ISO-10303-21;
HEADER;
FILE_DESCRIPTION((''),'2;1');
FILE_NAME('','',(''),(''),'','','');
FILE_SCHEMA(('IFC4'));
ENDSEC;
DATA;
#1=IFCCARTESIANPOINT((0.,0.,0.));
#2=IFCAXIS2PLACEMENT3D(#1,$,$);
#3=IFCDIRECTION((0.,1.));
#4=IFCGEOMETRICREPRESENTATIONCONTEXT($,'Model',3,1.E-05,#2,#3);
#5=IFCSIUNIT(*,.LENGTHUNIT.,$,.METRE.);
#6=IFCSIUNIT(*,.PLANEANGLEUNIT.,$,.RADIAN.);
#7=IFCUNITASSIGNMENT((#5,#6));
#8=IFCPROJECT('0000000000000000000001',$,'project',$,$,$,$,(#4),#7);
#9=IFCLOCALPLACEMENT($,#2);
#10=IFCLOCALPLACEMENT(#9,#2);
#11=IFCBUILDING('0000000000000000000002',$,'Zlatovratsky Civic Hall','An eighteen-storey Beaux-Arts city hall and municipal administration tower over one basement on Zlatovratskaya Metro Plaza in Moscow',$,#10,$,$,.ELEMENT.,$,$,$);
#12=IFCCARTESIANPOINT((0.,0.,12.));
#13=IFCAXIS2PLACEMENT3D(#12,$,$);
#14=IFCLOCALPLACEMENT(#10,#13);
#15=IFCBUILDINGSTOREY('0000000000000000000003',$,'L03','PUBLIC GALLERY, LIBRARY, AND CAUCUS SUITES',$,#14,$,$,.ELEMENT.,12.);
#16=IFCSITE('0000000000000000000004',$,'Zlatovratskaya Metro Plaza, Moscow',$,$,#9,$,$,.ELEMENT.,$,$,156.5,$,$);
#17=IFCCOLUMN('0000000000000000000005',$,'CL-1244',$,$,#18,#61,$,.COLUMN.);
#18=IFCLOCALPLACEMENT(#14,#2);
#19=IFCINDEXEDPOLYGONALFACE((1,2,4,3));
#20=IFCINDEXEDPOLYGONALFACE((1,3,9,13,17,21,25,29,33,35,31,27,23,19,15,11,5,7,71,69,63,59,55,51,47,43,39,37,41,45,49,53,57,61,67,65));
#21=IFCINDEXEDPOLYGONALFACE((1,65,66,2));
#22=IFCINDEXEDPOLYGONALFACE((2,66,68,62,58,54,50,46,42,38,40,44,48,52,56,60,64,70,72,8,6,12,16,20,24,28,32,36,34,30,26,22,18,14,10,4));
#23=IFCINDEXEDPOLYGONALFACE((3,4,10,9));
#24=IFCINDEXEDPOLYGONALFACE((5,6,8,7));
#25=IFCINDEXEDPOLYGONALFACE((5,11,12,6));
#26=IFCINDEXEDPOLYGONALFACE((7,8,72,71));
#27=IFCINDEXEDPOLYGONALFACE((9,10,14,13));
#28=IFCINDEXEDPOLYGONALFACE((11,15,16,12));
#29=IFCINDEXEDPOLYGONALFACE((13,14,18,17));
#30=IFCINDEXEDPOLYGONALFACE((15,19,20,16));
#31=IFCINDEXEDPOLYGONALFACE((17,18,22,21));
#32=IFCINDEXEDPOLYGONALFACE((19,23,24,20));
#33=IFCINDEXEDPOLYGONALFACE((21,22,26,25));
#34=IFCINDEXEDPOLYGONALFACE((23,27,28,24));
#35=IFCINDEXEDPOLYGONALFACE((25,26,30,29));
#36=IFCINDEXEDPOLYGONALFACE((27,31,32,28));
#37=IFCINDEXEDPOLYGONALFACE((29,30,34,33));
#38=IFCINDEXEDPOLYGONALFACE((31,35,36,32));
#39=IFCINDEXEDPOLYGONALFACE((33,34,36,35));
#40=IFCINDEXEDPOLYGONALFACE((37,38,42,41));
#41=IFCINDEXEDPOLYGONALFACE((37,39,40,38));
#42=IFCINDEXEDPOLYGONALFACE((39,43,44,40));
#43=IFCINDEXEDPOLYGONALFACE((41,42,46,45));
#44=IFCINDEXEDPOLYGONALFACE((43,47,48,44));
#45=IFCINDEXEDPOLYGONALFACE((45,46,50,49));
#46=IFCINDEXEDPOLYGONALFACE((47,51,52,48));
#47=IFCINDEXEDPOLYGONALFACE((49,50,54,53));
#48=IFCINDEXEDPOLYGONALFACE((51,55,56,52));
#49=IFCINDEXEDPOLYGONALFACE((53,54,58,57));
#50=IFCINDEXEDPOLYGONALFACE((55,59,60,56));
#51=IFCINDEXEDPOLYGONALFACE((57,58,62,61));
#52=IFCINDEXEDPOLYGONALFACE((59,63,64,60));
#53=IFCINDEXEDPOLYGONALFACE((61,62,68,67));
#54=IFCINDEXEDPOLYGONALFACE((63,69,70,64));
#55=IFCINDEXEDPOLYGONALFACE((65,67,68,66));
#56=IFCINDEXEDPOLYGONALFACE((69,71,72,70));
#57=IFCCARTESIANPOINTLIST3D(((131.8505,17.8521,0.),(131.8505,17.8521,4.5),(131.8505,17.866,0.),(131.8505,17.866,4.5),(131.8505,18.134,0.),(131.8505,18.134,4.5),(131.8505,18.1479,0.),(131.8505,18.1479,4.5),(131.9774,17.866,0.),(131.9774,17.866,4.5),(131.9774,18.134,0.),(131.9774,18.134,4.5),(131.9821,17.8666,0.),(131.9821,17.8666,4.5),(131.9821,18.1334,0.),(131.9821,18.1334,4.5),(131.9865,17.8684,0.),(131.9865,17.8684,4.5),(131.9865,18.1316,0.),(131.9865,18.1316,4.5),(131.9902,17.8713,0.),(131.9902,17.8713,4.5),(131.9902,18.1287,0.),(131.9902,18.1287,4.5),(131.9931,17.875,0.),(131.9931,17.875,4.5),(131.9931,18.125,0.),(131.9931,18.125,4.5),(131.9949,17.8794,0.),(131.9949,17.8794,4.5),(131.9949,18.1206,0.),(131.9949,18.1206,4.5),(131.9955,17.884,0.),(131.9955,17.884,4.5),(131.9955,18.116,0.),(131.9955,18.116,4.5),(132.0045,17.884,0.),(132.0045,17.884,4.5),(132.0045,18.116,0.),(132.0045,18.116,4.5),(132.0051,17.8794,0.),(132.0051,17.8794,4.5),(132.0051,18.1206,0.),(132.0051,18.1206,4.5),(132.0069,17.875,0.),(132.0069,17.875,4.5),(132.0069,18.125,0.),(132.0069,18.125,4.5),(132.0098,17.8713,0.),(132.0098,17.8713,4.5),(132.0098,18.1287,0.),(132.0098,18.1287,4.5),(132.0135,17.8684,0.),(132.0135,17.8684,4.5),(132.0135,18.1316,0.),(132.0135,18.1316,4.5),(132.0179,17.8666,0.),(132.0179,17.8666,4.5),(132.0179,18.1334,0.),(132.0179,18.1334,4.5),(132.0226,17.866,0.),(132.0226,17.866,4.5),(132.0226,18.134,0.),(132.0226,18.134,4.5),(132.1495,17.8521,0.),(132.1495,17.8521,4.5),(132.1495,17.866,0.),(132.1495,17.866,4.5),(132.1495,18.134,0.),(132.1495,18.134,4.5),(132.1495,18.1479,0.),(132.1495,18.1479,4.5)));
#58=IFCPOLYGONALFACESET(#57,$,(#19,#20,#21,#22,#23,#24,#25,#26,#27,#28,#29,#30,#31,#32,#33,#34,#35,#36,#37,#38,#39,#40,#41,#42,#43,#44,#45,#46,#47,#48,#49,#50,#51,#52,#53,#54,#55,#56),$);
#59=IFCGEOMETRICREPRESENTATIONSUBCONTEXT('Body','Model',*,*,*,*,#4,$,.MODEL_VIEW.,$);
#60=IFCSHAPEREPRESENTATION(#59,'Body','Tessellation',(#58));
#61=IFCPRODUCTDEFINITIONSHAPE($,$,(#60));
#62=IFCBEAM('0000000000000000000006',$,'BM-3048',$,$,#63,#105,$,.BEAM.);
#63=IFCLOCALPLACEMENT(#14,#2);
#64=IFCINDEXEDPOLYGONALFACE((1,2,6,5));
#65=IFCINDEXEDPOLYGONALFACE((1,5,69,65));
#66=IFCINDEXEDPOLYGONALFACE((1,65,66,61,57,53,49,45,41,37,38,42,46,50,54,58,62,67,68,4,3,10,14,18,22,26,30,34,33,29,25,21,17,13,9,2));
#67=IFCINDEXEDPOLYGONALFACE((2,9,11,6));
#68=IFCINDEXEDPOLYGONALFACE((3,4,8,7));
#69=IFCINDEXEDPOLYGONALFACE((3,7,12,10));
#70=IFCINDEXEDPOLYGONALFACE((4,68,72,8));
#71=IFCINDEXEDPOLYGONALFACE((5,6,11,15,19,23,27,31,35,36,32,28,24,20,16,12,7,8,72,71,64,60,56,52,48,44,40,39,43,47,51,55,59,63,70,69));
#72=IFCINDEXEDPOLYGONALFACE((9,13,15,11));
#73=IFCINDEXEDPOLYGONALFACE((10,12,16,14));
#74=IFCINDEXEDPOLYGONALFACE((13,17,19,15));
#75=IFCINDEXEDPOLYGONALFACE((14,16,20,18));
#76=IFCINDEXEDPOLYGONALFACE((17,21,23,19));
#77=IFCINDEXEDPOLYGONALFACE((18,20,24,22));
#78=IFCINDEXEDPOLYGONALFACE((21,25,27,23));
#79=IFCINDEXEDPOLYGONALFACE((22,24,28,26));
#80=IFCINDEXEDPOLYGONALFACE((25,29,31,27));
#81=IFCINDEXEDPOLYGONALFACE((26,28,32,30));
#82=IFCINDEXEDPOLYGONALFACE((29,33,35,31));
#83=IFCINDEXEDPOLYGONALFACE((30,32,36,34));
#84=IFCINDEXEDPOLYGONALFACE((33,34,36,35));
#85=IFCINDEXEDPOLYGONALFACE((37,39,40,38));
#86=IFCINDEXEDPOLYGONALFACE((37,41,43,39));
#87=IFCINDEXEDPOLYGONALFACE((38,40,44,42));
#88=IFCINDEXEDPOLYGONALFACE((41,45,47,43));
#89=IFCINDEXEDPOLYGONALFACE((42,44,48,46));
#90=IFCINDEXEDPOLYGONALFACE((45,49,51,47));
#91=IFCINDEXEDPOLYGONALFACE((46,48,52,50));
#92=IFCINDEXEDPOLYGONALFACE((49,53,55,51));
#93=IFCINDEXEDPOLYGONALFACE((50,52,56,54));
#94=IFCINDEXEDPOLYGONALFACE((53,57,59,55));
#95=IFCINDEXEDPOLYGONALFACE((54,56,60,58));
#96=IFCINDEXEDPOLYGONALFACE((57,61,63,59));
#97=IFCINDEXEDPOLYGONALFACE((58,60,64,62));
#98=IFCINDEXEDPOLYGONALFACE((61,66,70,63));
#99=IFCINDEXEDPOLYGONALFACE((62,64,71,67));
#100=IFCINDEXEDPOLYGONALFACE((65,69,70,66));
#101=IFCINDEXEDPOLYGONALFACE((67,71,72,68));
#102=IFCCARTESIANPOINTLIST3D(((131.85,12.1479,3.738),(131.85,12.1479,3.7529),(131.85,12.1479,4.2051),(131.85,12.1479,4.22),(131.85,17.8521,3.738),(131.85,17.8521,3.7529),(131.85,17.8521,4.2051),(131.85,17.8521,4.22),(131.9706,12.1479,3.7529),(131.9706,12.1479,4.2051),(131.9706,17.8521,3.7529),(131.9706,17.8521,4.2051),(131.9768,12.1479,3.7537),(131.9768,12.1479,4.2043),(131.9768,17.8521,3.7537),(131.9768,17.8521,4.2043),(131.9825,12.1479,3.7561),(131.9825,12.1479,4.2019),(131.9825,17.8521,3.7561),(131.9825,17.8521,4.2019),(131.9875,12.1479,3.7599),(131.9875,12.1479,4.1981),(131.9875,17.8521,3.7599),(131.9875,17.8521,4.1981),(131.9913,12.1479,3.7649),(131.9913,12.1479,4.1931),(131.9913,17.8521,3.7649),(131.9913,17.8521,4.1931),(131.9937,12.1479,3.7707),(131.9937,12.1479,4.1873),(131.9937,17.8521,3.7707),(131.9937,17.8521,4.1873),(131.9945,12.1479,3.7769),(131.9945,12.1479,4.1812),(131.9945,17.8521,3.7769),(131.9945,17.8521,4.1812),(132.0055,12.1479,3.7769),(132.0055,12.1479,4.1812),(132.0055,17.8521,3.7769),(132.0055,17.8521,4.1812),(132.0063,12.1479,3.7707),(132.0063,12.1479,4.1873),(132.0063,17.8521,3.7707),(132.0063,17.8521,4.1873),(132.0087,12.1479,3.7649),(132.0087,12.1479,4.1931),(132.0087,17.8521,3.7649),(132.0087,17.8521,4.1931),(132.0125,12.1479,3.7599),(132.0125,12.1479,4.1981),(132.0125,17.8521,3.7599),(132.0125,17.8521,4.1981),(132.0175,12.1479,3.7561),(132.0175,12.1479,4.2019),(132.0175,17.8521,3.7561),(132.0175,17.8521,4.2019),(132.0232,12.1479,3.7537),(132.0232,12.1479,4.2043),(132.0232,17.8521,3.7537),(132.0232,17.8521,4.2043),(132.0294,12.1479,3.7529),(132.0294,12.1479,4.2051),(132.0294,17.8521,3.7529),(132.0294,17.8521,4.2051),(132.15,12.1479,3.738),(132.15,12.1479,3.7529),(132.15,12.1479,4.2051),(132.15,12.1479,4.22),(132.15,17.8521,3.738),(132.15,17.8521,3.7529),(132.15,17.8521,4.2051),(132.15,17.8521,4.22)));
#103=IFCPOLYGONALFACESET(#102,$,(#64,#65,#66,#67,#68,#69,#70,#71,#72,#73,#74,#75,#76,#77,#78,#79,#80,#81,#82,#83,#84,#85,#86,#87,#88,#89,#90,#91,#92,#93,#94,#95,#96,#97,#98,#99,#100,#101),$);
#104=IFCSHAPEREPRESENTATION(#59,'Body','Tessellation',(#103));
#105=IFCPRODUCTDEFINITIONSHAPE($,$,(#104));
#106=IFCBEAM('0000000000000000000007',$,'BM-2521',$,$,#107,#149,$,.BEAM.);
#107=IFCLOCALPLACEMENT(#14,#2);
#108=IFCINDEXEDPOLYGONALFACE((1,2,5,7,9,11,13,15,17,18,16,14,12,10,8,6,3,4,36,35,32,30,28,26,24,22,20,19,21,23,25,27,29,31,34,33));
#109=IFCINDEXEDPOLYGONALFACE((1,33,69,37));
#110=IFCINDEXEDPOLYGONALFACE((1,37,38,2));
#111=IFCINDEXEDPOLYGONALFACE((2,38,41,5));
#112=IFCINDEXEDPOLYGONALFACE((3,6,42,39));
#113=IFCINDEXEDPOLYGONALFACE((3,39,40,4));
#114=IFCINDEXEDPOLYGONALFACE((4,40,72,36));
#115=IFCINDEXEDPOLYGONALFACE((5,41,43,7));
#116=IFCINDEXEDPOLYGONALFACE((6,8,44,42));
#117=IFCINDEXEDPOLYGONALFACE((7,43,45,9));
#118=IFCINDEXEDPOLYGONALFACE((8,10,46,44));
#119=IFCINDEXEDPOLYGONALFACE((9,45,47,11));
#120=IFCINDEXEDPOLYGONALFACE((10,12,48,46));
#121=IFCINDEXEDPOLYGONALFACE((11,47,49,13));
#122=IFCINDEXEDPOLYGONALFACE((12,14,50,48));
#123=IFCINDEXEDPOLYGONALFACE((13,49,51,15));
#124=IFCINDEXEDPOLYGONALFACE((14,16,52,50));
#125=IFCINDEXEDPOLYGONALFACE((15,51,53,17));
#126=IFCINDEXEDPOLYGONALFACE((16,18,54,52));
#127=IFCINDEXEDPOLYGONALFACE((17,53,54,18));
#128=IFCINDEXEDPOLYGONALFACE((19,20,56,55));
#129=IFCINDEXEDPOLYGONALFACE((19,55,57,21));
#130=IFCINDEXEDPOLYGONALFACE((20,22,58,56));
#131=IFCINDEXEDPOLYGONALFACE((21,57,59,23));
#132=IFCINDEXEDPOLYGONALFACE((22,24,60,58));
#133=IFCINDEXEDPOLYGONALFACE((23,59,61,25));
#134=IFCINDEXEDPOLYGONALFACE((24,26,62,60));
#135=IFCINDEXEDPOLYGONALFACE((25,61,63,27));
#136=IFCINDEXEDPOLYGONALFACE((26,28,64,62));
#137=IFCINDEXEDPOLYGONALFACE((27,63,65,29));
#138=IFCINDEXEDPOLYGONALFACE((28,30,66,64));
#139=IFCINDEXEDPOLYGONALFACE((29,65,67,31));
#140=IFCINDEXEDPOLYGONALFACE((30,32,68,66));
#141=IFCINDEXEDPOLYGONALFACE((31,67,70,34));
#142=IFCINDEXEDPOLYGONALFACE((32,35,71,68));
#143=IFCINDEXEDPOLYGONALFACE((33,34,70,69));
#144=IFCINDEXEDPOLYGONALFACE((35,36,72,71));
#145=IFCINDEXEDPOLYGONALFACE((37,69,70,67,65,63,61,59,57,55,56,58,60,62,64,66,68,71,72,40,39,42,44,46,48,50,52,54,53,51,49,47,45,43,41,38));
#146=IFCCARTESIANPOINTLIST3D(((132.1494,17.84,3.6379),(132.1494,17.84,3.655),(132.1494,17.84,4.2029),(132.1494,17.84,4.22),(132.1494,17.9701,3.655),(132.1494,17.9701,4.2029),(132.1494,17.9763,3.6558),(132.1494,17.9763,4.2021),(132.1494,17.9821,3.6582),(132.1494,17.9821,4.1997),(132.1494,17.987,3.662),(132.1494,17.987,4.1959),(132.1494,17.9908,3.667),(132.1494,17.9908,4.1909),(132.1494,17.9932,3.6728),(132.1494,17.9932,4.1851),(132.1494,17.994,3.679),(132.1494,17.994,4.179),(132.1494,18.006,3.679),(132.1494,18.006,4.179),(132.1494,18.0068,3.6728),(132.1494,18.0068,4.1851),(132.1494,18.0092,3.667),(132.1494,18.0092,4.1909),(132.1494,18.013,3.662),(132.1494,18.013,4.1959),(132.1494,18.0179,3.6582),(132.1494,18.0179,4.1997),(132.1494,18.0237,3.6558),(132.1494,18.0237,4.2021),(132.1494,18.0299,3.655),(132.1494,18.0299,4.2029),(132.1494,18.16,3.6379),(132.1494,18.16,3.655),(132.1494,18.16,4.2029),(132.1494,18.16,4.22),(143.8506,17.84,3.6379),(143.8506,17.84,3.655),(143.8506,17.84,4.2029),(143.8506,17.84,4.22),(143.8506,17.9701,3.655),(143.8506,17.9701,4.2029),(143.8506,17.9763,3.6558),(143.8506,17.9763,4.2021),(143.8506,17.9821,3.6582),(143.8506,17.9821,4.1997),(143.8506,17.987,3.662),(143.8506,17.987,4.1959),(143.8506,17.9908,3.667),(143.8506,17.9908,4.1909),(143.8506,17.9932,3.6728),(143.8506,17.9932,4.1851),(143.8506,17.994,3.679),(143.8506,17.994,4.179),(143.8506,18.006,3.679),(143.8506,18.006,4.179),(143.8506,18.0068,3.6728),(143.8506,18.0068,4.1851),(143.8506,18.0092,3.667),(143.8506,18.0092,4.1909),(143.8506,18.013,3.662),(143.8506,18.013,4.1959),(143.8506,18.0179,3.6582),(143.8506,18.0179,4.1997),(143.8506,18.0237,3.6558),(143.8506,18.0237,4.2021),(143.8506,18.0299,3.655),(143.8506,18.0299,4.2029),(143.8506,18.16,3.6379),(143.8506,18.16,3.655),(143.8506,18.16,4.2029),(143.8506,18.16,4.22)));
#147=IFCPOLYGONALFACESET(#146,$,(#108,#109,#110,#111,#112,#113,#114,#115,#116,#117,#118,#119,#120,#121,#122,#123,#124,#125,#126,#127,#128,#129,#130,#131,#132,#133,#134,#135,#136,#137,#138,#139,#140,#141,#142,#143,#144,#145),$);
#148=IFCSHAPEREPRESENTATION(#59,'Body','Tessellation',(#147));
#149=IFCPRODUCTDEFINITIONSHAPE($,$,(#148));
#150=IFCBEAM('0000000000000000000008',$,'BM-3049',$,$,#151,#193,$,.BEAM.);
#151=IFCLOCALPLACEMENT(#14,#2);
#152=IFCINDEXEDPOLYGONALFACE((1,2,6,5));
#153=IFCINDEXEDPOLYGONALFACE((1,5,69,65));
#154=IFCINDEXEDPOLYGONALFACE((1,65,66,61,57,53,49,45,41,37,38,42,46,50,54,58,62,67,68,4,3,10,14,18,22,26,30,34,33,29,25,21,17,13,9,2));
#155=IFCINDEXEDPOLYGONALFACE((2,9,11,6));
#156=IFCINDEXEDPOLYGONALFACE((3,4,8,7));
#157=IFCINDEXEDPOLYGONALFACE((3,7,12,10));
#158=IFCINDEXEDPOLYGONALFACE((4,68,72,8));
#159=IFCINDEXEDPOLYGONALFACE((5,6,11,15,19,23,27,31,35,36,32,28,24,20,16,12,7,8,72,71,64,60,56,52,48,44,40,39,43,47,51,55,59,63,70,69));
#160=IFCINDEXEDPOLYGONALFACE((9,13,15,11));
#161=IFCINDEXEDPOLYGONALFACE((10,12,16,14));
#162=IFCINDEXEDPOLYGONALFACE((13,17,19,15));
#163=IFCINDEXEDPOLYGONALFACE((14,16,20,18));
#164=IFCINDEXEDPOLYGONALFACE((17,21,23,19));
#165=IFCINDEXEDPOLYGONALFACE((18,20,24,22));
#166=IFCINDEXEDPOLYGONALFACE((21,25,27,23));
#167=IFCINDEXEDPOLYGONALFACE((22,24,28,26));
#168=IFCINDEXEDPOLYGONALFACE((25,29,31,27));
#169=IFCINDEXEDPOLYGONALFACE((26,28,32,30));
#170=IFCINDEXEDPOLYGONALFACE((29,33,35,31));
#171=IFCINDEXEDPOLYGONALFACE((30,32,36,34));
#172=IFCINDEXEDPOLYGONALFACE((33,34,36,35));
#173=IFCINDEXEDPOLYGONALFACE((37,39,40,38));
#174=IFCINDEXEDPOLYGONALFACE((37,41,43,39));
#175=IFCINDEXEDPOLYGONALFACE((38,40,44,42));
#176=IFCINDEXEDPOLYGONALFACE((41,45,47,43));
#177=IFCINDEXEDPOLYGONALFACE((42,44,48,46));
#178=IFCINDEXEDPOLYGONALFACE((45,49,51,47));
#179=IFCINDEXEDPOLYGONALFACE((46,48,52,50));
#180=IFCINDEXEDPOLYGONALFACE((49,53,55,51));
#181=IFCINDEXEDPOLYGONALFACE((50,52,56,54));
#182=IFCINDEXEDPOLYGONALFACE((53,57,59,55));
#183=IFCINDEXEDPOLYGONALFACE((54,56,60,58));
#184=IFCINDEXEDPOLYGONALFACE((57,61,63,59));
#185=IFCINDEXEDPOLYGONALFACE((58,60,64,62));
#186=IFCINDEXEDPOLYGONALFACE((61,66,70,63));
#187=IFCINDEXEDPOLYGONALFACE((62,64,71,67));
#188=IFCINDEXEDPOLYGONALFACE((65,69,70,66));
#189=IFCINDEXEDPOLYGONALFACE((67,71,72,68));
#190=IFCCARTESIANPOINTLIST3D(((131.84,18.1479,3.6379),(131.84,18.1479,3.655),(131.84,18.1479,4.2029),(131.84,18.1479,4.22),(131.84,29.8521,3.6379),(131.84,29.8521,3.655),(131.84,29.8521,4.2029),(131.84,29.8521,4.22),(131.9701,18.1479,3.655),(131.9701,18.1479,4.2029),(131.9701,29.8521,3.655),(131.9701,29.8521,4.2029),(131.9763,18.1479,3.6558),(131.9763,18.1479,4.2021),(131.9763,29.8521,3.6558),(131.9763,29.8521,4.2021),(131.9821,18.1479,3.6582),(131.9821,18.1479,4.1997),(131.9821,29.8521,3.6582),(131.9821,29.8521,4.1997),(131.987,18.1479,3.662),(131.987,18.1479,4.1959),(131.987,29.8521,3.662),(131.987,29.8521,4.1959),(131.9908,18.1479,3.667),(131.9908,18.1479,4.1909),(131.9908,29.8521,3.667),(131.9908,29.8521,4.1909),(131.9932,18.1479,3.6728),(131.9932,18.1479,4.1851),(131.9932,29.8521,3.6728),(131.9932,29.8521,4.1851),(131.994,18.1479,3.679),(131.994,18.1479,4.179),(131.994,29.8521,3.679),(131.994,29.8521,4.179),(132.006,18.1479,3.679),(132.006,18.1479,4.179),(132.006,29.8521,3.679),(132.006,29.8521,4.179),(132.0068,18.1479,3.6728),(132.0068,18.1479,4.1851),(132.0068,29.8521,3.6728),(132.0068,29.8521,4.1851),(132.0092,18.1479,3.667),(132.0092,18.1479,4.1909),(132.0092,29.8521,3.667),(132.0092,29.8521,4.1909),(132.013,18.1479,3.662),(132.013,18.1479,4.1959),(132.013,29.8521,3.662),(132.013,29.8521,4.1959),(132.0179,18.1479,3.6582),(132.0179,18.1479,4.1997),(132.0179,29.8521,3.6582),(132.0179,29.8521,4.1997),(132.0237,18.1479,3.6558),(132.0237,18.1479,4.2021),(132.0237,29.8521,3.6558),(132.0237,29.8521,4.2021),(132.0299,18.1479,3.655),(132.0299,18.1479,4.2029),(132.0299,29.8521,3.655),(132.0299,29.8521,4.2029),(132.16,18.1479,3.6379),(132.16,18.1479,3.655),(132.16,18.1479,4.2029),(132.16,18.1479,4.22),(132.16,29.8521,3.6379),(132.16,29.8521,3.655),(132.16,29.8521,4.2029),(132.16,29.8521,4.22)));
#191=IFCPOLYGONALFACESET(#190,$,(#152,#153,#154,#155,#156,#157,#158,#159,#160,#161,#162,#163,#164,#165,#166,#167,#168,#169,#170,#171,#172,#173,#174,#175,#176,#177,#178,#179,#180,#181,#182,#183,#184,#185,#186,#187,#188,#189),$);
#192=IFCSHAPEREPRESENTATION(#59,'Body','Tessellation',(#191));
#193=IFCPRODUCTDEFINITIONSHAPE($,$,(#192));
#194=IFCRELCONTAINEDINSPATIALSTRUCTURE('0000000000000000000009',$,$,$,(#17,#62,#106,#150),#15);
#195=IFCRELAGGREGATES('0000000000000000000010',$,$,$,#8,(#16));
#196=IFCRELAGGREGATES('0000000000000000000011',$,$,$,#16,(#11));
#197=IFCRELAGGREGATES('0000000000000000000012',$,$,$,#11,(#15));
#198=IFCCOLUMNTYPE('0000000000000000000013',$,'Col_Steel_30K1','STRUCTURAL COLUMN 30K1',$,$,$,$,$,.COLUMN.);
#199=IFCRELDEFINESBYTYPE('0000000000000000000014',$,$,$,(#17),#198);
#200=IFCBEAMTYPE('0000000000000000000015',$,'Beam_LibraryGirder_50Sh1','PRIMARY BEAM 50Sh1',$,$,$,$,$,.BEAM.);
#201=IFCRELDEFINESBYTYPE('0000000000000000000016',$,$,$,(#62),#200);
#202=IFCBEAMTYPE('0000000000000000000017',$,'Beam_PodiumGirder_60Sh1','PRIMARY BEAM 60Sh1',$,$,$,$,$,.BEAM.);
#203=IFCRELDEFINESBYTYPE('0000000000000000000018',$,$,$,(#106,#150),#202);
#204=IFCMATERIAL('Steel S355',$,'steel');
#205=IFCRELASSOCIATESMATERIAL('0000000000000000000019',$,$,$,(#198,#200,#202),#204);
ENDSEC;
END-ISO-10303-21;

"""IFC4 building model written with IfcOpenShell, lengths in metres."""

from ifc_helpers import new_model, si_unit, direction, frame, origin, origin_2d, place, context, subcontext, project, spatial, i_section, extrude, material, material_profile, profile_set, type_object, element, save


model = new_model("IFC4")

# Units and contexts
model_context = context("Model", 3, precision=1e-05, world=origin(), true_north=direction((0.0, 1.0)))
body_context = subcontext(model_context, "Body", "Model", "MODEL_VIEW")
ifc_project = project(units=[si_unit("LENGTHUNIT", "METRE"), si_unit("PLANEANGLEUNIT", "RADIAN")], contexts=[model_context])

# Site, building, storey
site_placement = place(None, origin())
site = spatial("IfcSite", under=ifc_project, at=site_placement, Name="Zlatovratskaya Metro Plaza, Moscow", CompositionType="ELEMENT", RefElevation=156.5)
building_placement = place(site_placement, origin())
building = spatial("IfcBuilding", under=site, at=building_placement, Name="Zlatovratsky Civic Hall", Description="An eighteen-storey Beaux-Arts city hall and municipal administration tower over one basement on Zlatovratskaya Metro Plaza in Moscow", CompositionType="ELEMENT")
storey_placement = place(building_placement, frame((0.0, 0.0, 12.0)))
storey = spatial("IfcBuildingStorey", under=building, at=storey_placement, Name="L03", Description="PUBLIC GALLERY, LIBRARY, AND CAUCUS SUITES", CompositionType="ELEMENT", Elevation=12.0)

# Column
ifc_material_1 = material(Name="Steel S355", Category="steel")
ifc_material_profile_1 = material_profile(ifc_material_1, i_section(OverallWidth=0.2991, OverallDepth=0.2959, WebThickness=0.009, FlangeThickness=0.0139, FilletRadius=0.0181, at=origin_2d()), Name="30K1")
ifc_profile_set_1 = profile_set([ifc_material_profile_1], Name="Steel S355")
column_type = type_object("IfcColumnType", Name="Col_Steel_30K1", Description="STRUCTURAL COLUMN 30K1", PredefinedType="COLUMN", material=ifc_profile_set_1)
column_placement = place(storey_placement, frame((132.0, 18.0, 0.0), z_axis=(0.0, 0.0, 1.0), x_axis=(1.0, 0.0, 0.0)))
element("IfcColumn", 1, at=column_placement, inside=storey, type_object=column_type, Name="CL-1244", PredefinedType="COLUMN", context=body_context, shape_type="SweptSolid", body=[
    extrude(i_section(OverallWidth=0.2991, OverallDepth=0.2959, WebThickness=0.009, FlangeThickness=0.0139, FilletRadius=0.0181, at=origin_2d()), origin(), (0.0, 0.0, 1.0), 4.5),
])

# Beams
ifc_material_profile_2 = material_profile(ifc_material_1, i_section(OverallWidth=0.3, OverallDepth=0.4819, WebThickness=0.011, FlangeThickness=0.0149, FilletRadius=0.0239, at=origin_2d()), Name="50Sh1")
ifc_profile_set_2 = profile_set([ifc_material_profile_2], Name="Steel S355")
beam_type_1 = type_object("IfcBeamType", Name="Beam_LibraryGirder_50Sh1", Description="PRIMARY BEAM 50Sh1", PredefinedType="BEAM", material=ifc_profile_set_2)
beam_1_placement = place(storey_placement, frame((132.0, 12.1479, 3.979), z_axis=(0.0, 1.0, 0.0), x_axis=(-1.0, 0.0, 0.0)))
element("IfcBeam", 2, at=beam_1_placement, inside=storey, type_object=beam_type_1, Name="BM-3048", PredefinedType="BEAM", context=body_context, shape_type="SweptSolid", body=[
    extrude(i_section(OverallWidth=0.3, OverallDepth=0.4819, WebThickness=0.011, FlangeThickness=0.0149, FilletRadius=0.0239, at=origin_2d()), origin(), (0.0, 0.0, 1.0), 5.7041),
])
ifc_material_profile_3 = material_profile(ifc_material_1, i_section(OverallWidth=0.3201, OverallDepth=0.582, WebThickness=0.012, FlangeThickness=0.0171, FilletRadius=0.0239, at=origin_2d()), Name="60Sh1")
ifc_profile_set_3 = profile_set([ifc_material_profile_3], Name="Steel S355")
beam_type_2 = type_object("IfcBeamType", Name="Beam_PodiumGirder_60Sh1", Description="PRIMARY BEAM 60Sh1", PredefinedType="BEAM", material=ifc_profile_set_3)
beam_2_placement = place(storey_placement, frame((132.1494, 18.0, 3.929), z_axis=(1.0, 0.0, 0.0), x_axis=(0.0, 1.0, 0.0)))
element("IfcBeam", 3, at=beam_2_placement, inside=storey, type_object=beam_type_2, Name="BM-2521", PredefinedType="BEAM", context=body_context, shape_type="SweptSolid", body=[
    extrude(i_section(OverallWidth=0.3201, OverallDepth=0.582, WebThickness=0.012, FlangeThickness=0.0171, FilletRadius=0.0239, at=origin_2d()), origin(), (0.0, 0.0, 1.0), 11.7012),
])
beam_3_placement = place(storey_placement, frame((132.0, 18.1479, 3.929), z_axis=(0.0, 1.0, 0.0), x_axis=(-1.0, 0.0, 0.0)))
element("IfcBeam", 4, at=beam_3_placement, inside=storey, type_object=beam_type_2, Name="BM-3049", PredefinedType="BEAM", context=body_context, shape_type="SweptSolid", body=[
    extrude(i_section(OverallWidth=0.3201, OverallDepth=0.582, WebThickness=0.012, FlangeThickness=0.0171, FilletRadius=0.0239, at=origin_2d()), origin(), (0.0, 0.0, 1.0), 11.7041),
])

save(model, "model.ifc")
